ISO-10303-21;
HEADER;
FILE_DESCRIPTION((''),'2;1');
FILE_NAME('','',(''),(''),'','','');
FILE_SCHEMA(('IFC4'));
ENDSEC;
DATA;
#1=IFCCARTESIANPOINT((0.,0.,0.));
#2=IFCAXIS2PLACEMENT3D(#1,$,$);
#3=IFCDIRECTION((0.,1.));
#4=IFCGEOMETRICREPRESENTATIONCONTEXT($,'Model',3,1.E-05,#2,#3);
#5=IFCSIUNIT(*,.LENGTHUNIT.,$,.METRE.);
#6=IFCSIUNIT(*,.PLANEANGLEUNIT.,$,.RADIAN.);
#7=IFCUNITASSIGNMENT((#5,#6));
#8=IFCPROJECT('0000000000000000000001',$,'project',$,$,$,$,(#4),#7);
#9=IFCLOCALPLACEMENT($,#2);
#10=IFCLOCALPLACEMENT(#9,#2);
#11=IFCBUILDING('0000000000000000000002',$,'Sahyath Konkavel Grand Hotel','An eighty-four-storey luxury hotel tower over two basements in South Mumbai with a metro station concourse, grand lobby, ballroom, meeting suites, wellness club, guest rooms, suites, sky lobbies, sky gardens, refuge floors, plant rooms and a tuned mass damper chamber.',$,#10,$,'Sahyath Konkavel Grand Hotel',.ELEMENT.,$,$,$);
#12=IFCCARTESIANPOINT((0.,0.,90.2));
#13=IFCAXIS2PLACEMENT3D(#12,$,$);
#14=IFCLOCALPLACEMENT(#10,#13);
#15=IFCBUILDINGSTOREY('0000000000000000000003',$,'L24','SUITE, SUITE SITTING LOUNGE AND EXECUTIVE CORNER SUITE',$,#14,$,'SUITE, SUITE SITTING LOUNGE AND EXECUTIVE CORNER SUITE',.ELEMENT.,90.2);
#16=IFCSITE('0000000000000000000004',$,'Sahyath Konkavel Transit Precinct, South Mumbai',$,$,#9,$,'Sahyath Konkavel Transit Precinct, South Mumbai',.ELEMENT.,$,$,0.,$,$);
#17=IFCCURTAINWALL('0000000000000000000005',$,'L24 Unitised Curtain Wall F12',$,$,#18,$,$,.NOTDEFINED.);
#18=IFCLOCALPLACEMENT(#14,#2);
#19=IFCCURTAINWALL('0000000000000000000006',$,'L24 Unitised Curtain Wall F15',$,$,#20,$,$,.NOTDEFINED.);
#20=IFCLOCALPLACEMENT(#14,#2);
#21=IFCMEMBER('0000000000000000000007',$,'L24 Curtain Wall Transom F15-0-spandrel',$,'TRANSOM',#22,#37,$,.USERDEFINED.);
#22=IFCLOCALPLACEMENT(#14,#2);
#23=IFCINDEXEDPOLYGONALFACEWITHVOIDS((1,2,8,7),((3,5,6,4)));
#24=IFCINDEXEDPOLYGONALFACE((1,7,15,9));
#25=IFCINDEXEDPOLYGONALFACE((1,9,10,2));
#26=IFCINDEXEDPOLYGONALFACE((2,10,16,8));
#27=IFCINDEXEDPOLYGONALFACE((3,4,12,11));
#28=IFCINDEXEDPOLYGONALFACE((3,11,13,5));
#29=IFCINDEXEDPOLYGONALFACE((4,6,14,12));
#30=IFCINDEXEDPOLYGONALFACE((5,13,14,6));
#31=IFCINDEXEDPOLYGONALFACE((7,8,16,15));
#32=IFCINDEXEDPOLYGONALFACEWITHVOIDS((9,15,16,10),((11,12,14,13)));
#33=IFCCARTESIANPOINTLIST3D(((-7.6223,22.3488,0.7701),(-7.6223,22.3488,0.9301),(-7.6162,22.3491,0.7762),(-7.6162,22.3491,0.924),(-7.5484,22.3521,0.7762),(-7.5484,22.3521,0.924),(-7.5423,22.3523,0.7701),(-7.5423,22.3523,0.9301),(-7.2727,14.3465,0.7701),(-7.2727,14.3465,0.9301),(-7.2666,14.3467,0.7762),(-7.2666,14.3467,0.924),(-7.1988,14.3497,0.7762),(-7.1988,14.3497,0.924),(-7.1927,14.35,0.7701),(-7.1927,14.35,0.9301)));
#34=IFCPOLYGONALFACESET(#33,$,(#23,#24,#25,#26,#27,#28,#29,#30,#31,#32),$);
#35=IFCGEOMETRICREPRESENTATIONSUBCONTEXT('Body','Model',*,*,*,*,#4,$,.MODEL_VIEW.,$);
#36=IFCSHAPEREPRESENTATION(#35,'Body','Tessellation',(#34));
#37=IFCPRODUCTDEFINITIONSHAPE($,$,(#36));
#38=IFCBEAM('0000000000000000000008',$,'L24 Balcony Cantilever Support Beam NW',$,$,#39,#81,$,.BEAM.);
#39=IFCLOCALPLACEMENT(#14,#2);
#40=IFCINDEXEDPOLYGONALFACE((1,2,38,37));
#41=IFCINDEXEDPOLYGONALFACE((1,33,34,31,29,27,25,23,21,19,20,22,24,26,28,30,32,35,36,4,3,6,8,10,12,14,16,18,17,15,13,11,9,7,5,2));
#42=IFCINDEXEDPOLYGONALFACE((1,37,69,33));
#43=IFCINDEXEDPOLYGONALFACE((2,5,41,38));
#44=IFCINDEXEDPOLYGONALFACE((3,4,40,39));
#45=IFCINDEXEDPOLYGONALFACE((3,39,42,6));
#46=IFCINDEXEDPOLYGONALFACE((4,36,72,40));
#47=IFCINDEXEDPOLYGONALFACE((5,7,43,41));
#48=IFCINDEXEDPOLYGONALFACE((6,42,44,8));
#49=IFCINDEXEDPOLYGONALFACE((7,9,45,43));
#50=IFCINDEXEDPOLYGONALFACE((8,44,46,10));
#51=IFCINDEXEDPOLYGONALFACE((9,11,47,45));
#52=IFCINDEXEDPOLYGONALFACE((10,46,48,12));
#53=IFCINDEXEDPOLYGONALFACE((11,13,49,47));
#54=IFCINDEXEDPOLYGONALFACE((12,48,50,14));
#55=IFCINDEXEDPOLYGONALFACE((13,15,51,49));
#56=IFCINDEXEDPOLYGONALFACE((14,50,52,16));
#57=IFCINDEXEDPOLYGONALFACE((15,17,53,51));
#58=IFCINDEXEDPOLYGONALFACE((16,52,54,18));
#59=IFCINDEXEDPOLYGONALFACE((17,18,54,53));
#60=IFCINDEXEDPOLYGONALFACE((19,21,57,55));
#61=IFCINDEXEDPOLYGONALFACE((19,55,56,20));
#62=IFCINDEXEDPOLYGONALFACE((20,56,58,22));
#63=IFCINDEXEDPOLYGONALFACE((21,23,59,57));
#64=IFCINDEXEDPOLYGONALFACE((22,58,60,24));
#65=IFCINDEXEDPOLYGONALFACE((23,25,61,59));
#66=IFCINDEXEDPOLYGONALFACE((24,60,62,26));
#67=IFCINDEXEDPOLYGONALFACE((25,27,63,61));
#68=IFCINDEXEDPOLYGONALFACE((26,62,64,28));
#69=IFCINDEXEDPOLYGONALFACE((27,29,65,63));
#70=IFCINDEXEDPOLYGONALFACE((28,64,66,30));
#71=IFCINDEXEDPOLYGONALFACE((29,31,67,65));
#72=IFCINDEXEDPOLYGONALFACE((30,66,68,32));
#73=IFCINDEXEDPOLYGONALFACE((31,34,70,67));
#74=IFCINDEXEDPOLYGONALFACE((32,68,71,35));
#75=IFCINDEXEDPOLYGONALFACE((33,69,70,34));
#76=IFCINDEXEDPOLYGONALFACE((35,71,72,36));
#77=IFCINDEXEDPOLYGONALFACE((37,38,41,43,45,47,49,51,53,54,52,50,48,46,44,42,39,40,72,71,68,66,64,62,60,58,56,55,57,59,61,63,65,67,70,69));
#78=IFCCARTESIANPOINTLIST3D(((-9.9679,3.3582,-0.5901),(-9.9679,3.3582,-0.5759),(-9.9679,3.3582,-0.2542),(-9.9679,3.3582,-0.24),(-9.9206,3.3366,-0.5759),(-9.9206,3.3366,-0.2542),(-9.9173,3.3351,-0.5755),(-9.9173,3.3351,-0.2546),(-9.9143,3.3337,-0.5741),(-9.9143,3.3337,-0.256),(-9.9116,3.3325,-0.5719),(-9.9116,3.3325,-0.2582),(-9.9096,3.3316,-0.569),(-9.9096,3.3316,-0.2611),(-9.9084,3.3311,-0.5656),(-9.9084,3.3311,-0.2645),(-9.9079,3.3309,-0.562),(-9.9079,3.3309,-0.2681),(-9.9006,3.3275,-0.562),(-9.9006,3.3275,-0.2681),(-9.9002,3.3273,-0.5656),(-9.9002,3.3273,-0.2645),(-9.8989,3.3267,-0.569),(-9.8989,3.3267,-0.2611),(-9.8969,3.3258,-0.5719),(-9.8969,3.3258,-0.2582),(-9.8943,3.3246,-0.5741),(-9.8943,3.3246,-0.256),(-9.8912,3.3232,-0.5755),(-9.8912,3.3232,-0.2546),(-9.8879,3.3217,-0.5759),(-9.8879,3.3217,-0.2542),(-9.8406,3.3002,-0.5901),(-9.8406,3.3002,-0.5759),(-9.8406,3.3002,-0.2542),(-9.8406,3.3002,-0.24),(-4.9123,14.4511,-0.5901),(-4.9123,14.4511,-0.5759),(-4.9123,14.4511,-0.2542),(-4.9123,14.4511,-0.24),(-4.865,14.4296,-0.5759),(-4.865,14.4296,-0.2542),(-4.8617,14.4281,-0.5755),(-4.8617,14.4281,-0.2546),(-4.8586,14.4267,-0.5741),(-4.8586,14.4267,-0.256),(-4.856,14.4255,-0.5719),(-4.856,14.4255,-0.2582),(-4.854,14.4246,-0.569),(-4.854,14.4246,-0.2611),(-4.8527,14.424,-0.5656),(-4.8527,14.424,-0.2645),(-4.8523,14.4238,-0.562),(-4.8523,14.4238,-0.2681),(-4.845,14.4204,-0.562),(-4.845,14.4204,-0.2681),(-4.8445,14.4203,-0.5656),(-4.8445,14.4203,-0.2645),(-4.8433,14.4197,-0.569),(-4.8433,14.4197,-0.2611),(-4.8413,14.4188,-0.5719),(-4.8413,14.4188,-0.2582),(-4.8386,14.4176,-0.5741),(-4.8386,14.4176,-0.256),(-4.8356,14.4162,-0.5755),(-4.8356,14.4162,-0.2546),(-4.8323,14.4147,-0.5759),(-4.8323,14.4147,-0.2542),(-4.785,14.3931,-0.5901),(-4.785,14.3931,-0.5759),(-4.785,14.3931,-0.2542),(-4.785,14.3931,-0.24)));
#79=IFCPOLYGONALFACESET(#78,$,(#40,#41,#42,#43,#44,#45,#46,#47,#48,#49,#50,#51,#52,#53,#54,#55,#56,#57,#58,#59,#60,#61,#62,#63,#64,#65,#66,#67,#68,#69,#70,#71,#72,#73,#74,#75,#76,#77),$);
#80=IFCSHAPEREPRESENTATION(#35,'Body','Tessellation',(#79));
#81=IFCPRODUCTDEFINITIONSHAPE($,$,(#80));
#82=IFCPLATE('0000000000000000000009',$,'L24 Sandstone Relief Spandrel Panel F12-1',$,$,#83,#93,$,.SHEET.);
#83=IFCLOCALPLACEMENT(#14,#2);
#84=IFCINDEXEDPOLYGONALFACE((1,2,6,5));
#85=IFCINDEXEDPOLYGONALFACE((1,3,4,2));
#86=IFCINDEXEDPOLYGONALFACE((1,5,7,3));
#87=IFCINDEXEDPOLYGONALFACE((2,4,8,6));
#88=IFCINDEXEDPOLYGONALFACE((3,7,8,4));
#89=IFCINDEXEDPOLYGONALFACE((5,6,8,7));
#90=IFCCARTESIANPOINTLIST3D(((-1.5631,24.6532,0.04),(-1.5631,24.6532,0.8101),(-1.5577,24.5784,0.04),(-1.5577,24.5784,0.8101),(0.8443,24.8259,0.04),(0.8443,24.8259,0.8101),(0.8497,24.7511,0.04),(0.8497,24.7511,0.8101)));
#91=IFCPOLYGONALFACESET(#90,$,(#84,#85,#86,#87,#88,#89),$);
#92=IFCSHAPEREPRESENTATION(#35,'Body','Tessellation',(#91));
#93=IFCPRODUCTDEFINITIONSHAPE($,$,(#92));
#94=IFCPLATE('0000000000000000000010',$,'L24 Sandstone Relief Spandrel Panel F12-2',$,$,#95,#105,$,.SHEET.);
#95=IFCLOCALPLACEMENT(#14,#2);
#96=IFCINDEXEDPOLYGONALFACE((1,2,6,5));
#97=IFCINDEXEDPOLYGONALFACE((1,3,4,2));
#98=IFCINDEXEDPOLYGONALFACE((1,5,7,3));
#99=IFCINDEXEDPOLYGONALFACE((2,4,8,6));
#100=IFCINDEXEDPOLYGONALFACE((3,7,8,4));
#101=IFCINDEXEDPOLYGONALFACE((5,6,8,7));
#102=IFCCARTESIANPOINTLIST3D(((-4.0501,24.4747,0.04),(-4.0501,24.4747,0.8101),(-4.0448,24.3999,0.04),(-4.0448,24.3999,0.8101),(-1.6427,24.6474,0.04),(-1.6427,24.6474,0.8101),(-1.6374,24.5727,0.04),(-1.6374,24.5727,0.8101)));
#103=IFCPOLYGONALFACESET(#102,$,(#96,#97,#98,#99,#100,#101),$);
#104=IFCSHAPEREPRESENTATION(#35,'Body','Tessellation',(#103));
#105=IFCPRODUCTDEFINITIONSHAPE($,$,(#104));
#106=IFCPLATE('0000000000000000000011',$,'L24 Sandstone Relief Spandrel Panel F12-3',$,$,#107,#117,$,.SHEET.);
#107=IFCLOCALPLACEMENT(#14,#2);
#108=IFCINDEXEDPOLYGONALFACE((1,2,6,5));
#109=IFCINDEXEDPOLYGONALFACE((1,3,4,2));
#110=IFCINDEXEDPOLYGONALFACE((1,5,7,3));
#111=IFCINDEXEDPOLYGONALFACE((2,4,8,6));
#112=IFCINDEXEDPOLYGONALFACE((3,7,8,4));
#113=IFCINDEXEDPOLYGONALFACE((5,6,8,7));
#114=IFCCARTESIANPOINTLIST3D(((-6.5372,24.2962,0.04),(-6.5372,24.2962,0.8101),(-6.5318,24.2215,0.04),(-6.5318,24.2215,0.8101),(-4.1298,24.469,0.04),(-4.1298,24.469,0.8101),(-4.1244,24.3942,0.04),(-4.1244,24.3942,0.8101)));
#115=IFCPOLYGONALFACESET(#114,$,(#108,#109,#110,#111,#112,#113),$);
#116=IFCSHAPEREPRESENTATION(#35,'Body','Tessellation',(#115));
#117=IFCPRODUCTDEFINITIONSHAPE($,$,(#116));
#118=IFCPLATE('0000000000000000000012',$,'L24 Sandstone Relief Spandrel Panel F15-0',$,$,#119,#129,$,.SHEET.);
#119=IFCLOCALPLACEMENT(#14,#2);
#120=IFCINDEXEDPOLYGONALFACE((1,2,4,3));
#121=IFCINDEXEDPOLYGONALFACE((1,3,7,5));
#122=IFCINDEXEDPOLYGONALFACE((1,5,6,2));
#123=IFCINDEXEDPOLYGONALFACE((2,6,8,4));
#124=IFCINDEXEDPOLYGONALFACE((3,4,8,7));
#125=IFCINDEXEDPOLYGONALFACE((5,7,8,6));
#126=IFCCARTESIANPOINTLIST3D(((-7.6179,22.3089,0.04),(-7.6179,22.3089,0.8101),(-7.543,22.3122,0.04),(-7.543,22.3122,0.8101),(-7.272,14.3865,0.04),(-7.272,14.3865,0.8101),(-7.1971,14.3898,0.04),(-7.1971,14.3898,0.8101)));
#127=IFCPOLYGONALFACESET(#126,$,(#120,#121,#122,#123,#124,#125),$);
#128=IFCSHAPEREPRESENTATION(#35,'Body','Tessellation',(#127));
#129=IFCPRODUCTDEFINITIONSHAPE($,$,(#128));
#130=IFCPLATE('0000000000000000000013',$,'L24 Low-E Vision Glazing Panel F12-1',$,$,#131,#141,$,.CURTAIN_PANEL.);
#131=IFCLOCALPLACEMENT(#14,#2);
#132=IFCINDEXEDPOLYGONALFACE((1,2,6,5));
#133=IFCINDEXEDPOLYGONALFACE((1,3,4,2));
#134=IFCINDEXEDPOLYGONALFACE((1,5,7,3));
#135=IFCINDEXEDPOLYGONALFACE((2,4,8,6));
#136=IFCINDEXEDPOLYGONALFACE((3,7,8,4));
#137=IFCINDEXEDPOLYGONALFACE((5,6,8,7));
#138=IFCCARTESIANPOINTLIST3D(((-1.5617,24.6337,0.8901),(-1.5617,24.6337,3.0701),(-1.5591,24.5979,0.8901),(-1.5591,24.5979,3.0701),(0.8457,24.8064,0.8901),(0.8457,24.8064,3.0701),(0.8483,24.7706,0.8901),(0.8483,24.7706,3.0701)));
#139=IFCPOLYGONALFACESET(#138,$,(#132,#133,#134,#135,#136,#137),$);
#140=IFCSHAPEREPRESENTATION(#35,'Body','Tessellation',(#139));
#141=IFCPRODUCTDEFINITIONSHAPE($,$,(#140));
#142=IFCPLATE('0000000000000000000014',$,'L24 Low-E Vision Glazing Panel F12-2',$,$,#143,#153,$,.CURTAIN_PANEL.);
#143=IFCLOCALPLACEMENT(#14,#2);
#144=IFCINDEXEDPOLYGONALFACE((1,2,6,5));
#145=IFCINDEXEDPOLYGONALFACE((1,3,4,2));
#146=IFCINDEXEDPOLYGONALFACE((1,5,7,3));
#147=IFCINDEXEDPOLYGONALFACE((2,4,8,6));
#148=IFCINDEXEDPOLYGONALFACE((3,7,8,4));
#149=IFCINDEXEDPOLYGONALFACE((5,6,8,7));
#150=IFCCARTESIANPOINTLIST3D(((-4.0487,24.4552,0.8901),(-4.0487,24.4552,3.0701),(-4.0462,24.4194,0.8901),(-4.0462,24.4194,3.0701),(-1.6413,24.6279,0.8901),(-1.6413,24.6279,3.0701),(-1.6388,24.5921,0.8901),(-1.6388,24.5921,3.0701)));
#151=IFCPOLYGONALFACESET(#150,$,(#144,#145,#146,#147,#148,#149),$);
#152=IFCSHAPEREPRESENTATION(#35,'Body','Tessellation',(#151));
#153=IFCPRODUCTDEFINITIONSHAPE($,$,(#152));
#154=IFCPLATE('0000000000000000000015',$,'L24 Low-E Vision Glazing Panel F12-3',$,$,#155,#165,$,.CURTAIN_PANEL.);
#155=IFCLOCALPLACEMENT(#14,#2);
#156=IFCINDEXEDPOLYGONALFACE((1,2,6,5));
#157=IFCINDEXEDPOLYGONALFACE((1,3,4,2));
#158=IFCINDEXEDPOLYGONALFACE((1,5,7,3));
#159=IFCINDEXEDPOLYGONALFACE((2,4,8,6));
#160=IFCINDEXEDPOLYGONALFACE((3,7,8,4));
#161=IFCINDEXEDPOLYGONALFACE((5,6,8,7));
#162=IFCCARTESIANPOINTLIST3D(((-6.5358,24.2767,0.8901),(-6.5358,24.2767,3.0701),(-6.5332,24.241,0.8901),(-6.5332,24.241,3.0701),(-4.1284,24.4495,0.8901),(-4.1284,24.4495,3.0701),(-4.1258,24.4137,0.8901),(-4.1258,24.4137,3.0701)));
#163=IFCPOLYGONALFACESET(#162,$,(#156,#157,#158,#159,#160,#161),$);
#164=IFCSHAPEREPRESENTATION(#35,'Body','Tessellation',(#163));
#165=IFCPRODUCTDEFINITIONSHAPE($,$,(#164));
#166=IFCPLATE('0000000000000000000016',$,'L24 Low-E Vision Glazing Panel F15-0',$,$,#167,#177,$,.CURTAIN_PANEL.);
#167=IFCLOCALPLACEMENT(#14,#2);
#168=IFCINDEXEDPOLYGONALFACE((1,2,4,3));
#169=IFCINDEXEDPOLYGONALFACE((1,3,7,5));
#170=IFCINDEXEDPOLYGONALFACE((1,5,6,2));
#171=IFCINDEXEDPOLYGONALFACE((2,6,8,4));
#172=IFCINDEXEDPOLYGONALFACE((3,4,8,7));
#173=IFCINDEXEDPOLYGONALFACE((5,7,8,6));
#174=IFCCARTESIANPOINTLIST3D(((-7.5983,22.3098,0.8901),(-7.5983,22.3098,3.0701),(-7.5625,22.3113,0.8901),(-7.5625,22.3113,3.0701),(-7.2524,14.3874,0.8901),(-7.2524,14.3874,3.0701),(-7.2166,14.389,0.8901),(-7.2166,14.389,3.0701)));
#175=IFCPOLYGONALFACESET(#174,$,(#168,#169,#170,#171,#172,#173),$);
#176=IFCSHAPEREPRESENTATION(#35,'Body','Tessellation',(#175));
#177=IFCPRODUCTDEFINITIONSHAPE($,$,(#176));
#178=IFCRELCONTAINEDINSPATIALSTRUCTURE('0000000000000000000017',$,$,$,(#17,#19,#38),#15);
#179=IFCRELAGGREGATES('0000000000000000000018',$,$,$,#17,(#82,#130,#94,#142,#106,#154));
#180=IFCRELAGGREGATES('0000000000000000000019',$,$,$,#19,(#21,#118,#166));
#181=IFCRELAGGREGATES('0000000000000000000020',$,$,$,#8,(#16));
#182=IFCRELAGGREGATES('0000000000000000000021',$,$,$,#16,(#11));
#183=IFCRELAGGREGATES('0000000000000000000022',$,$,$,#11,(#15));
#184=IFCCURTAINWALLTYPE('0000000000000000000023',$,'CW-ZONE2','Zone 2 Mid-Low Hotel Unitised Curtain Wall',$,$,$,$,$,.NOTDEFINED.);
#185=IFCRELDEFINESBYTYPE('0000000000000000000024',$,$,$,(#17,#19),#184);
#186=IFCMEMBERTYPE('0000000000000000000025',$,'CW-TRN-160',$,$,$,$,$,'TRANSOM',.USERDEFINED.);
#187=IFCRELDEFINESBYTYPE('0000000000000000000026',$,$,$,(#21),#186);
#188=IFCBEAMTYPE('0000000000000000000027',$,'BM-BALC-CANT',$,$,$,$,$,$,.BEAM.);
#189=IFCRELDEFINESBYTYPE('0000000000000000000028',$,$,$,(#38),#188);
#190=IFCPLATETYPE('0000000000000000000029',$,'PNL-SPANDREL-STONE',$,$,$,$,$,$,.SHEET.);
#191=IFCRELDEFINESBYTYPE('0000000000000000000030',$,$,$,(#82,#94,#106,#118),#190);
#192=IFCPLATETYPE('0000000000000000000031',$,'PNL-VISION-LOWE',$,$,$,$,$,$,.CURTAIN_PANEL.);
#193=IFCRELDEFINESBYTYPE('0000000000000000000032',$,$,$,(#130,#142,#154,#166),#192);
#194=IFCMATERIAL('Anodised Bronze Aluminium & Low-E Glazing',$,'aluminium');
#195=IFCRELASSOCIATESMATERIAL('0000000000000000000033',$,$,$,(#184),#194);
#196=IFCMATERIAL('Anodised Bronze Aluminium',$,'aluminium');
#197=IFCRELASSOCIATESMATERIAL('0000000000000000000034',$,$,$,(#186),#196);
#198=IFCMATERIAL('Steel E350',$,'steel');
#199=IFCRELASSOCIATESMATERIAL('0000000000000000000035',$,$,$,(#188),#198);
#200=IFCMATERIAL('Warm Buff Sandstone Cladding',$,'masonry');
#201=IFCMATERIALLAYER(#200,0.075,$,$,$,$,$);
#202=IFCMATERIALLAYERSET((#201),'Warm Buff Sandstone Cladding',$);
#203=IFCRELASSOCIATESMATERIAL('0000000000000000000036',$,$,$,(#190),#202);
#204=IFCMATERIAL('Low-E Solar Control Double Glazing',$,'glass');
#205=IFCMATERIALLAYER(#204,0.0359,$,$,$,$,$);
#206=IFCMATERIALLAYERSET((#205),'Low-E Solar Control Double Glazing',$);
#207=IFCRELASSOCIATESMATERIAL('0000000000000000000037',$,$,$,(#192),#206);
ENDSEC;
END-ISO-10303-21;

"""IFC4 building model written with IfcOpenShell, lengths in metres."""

from ifc_helpers import new_model, si_unit, direction, frame, origin, origin_2d, place, context, subcontext, project, spatial, rectangle, hollow_rectangle, i_section, extrude, source, transform, mapped, material, layer, layer_set, material_profile, profile_set, type_object, element, aggregate, save


model = new_model("IFC4")

# Units and contexts
model_context = context("Model", 3, precision=1e-05, world=origin(), true_north=direction((0.0, 1.0)))
body_context = subcontext(model_context, "Body", "Model", "MODEL_VIEW")
ifc_project = project(units=[si_unit("LENGTHUNIT", "METRE"), si_unit("PLANEANGLEUNIT", "RADIAN")], contexts=[model_context])

# Site, building, storey
site_placement = place(None, origin())
site = spatial("IfcSite", under=ifc_project, at=site_placement, Name="Sahyath Konkavel Transit Precinct, South Mumbai", LongName="Sahyath Konkavel Transit Precinct, South Mumbai", CompositionType="ELEMENT", RefElevation=0.0)
building_placement = place(site_placement, origin())
building = spatial("IfcBuilding", under=site, at=building_placement, Name="Sahyath Konkavel Grand Hotel", Description="An eighty-four-storey luxury hotel tower over two basements in South Mumbai with a metro station concourse, grand lobby, ballroom, meeting suites, wellness club, guest rooms, suites, sky lobbies, sky gardens, refuge floors, plant rooms and a tuned mass damper chamber.", LongName="Sahyath Konkavel Grand Hotel", CompositionType="ELEMENT")
storey_placement = place(building_placement, frame((0.0, 0.0, 90.2)))
storey = spatial("IfcBuildingStorey", under=building, at=storey_placement, Name="L24", Description="SUITE, SUITE SITTING LOUNGE AND EXECUTIVE CORNER SUITE", LongName="SUITE, SUITE SITTING LOUNGE AND EXECUTIVE CORNER SUITE", CompositionType="ELEMENT", Elevation=90.2)

# Shared definitions
ifc_material_1 = material(Name="Steel E350", Category="steel")

# Curtain wall
ifc_material_2 = material(Name="Anodised Bronze Aluminium & Low-E Glazing", Category="aluminium")
curtain_wall_type = type_object("IfcCurtainWallType", Name="CW-ZONE2", Description="Zone 2 Mid-Low Hotel Unitised Curtain Wall", PredefinedType="NOTDEFINED", material=ifc_material_2)
curtain_wall_1_placement = place(storey_placement, origin())
curtain_wall_1 = element("IfcCurtainWall", 1, at=curtain_wall_1_placement, inside=storey, type_object=curtain_wall_type, Name="L24 Unitised Curtain Wall F12", PredefinedType="NOTDEFINED")
ifc_material_3 = material(Name="Anodised Bronze Aluminium", Category="aluminium")

# Curtain wall
curtain_wall_2_placement = place(storey_placement, origin())
curtain_wall_2 = element("IfcCurtainWall", 2, at=curtain_wall_2_placement, inside=storey, type_object=curtain_wall_type, Name="L24 Unitised Curtain Wall F15", PredefinedType="NOTDEFINED")

# Member
ifc_material_profile_1 = material_profile(ifc_material_3, hollow_rectangle(XDim=0.0801, YDim=0.1599, WallThickness=0.0061, at=origin_2d()), Name="RHS 160x80x6")
ifc_profile_set_1 = profile_set([ifc_material_profile_1], Name="Anodised Bronze Aluminium")
member_type_1 = type_object("IfcMemberType", Name="CW-TRN-160", ElementType="TRANSOM", PredefinedType="USERDEFINED", material=ifc_profile_set_1)
shared_shape_1 = source(origin(), body_context, "Body", "SweptSolid", [
    extrude(hollow_rectangle(XDim=0.0801, YDim=0.1599, WallThickness=0.0061, at=origin_2d()), origin(), (0.0, 0.0, 1.0), 8.01),
])
member_1_placement = place(storey_placement, frame((-7.5823, 22.3506, 0.8501), z_axis=(0.043646, -0.999047, 0.0), x_axis=(0.999047, 0.043646, 0.0)))
member_1 = element("IfcMember", 3, at=member_1_placement, type_object=member_type_1, Name="L24 Curtain Wall Transom F15-0-spandrel", ObjectType="TRANSOM", PredefinedType="USERDEFINED", context=body_context, shape_type="MappedRepresentation", body=[
    mapped(shared_shape_1, transform((0.0, 0.0, 0.0), scale=1.0)),
])

# Beam
ifc_material_profile_2 = material_profile(ifc_material_1, i_section(OverallWidth=0.1399, OverallDepth=0.3501, WebThickness=0.0081, FlangeThickness=0.0142, FilletRadius=0.0139, at=origin_2d()), Name="ISMB 350")
ifc_profile_set_2 = profile_set([ifc_material_profile_2], Name="Steel E350")
beam_type_1 = type_object("IfcBeamType", Name="BM-BALC-CANT", PredefinedType="BEAM", material=ifc_profile_set_2)
shared_shape_2 = source(origin(), body_context, "Body", "SweptSolid", [
    extrude(i_section(OverallWidth=0.1399, OverallDepth=0.3501, WebThickness=0.0081, FlangeThickness=0.0142, FilletRadius=0.0139, at=origin_2d()), origin(), (0.0, 0.0, 1.0), 12.1907),
])
beam_1_placement = place(storey_placement, frame((-4.8486, 14.4221, -0.415), z_axis=(-0.414713, -0.909952, 0.0), x_axis=(0.909952, -0.414713, 0.0)))
element("IfcBeam", 4, at=beam_1_placement, inside=storey, type_object=beam_type_1, Name="L24 Balcony Cantilever Support Beam NW", PredefinedType="BEAM", context=body_context, shape_type="MappedRepresentation", body=[
    mapped(shared_shape_2, transform((0.0, 0.0, 0.0), scale=1.0)),
])

# Plates
ifc_material_4 = material(Name="Warm Buff Sandstone Cladding", Category="masonry")
ifc_layer_1 = layer(ifc_material_4, 0.075)
ifc_layer_set_1 = layer_set([ifc_layer_1], Name="Warm Buff Sandstone Cladding")
plate_type_1 = type_object("IfcPlateType", Name="PNL-SPANDREL-STONE", PredefinedType="SHEET", material=ifc_layer_set_1)
shared_shape_3 = source(origin(), body_context, "Body", "SweptSolid", [
    extrude(rectangle(XDim=2.4136, YDim=0.075, at=origin_2d()), origin(), (0.0, 0.0, 1.0), 0.77),
])
plate_1_placement = place(storey_placement, frame((-0.3567, 24.7021, 0.04), z_axis=(0.0, 0.0, 1.0), x_axis=(-0.997436, -0.071567, 0.0)))
plate_1 = element("IfcPlate", 5, at=plate_1_placement, type_object=plate_type_1, Name="L24 Sandstone Relief Spandrel Panel F12-1", PredefinedType="SHEET", context=body_context, shape_type="MappedRepresentation", body=[
    mapped(shared_shape_3, transform((0.0, 0.0, 0.0), scale=1.0)),
])
plate_2_placement = place(storey_placement, frame((-2.8438, 24.5237, 0.04), z_axis=(0.0, 0.0, 1.0), x_axis=(-0.997436, -0.071567, 0.0)))
plate_2 = element("IfcPlate", 6, at=plate_2_placement, type_object=plate_type_1, Name="L24 Sandstone Relief Spandrel Panel F12-2", PredefinedType="SHEET", context=body_context, shape_type="MappedRepresentation", body=[
    mapped(shared_shape_3, transform((0.0, 0.0, 0.0), scale=1.0)),
])
plate_3_placement = place(storey_placement, frame((-5.3308, 24.3452, 0.04), z_axis=(0.0, 0.0, 1.0), x_axis=(-0.997436, -0.071567, 0.0)))
plate_3 = element("IfcPlate", 7, at=plate_3_placement, type_object=plate_type_1, Name="L24 Sandstone Relief Spandrel Panel F12-3", PredefinedType="SHEET", context=body_context, shape_type="MappedRepresentation", body=[
    mapped(shared_shape_3, transform((0.0, 0.0, 0.0), scale=1.0)),
])
shared_shape_4 = source(origin(), body_context, "Body", "SweptSolid", [
    extrude(rectangle(XDim=7.9299, YDim=0.075, at=origin_2d()), origin(), (0.0, 0.0, 1.0), 0.77),
])
plate_4_placement = place(storey_placement, frame((-7.4075, 18.3494, 0.04), z_axis=(0.0, 0.0, 1.0), x_axis=(0.043619, -0.999048, 0.0)))
plate_4 = element("IfcPlate", 8, at=plate_4_placement, type_object=plate_type_1, Name="L24 Sandstone Relief Spandrel Panel F15-0", PredefinedType="SHEET", context=body_context, shape_type="MappedRepresentation", body=[
    mapped(shared_shape_4, transform((0.0, 0.0, 0.0), scale=1.0)),
])
ifc_material_5 = material(Name="Low-E Solar Control Double Glazing", Category="glass")
ifc_layer_2 = layer(ifc_material_5, 0.0359)
ifc_layer_set_2 = layer_set([ifc_layer_2], Name="Low-E Solar Control Double Glazing")
plate_type_2 = type_object("IfcPlateType", Name="PNL-VISION-LOWE", PredefinedType="CURTAIN_PANEL", material=ifc_layer_set_2)
shared_shape_5 = source(origin(), body_context, "Body", "SweptSolid", [
    extrude(rectangle(XDim=2.4136, YDim=0.0359, at=origin_2d()), origin(), (0.0, 0.0, 1.0), 2.1799),
])
plate_5_placement = place(storey_placement, frame((-0.3567, 24.7021, 0.8901), z_axis=(0.0, 0.0, 1.0), x_axis=(-0.997436, -0.071567, 0.0)))
plate_5 = element("IfcPlate", 9, at=plate_5_placement, type_object=plate_type_2, Name="L24 Low-E Vision Glazing Panel F12-1", PredefinedType="CURTAIN_PANEL", context=body_context, shape_type="MappedRepresentation", body=[
    mapped(shared_shape_5, transform((0.0, 0.0, 0.0), scale=1.0)),
])
plate_6_placement = place(storey_placement, frame((-2.8438, 24.5237, 0.8901), z_axis=(0.0, 0.0, 1.0), x_axis=(-0.997436, -0.071567, 0.0)))
plate_6 = element("IfcPlate", 10, at=plate_6_placement, type_object=plate_type_2, Name="L24 Low-E Vision Glazing Panel F12-2", PredefinedType="CURTAIN_PANEL", context=body_context, shape_type="MappedRepresentation", body=[
    mapped(shared_shape_5, transform((0.0, 0.0, 0.0), scale=1.0)),
])
plate_7_placement = place(storey_placement, frame((-5.3308, 24.3452, 0.8901), z_axis=(0.0, 0.0, 1.0), x_axis=(-0.997436, -0.071567, 0.0)))
plate_7 = element("IfcPlate", 11, at=plate_7_placement, type_object=plate_type_2, Name="L24 Low-E Vision Glazing Panel F12-3", PredefinedType="CURTAIN_PANEL", context=body_context, shape_type="MappedRepresentation", body=[
    mapped(shared_shape_5, transform((0.0, 0.0, 0.0), scale=1.0)),
])
aggregate(curtain_wall_1, [plate_1, plate_5, plate_2, plate_6, plate_3, plate_7])
shared_shape_6 = source(origin(), body_context, "Body", "SweptSolid", [
    extrude(rectangle(XDim=7.9299, YDim=0.0359, at=origin_2d()), origin(), (0.0, 0.0, 1.0), 2.1799),
])
plate_8_placement = place(storey_placement, frame((-7.4075, 18.3494, 0.8901), z_axis=(0.0, 0.0, 1.0), x_axis=(0.043619, -0.999048, 0.0)))
plate_8 = element("IfcPlate", 12, at=plate_8_placement, type_object=plate_type_2, Name="L24 Low-E Vision Glazing Panel F15-0", PredefinedType="CURTAIN_PANEL", context=body_context, shape_type="MappedRepresentation", body=[
    mapped(shared_shape_6, transform((0.0, 0.0, 0.0), scale=1.0)),
])
aggregate(curtain_wall_2, [member_1, plate_4, plate_8])

save(model, "model.ifc")
